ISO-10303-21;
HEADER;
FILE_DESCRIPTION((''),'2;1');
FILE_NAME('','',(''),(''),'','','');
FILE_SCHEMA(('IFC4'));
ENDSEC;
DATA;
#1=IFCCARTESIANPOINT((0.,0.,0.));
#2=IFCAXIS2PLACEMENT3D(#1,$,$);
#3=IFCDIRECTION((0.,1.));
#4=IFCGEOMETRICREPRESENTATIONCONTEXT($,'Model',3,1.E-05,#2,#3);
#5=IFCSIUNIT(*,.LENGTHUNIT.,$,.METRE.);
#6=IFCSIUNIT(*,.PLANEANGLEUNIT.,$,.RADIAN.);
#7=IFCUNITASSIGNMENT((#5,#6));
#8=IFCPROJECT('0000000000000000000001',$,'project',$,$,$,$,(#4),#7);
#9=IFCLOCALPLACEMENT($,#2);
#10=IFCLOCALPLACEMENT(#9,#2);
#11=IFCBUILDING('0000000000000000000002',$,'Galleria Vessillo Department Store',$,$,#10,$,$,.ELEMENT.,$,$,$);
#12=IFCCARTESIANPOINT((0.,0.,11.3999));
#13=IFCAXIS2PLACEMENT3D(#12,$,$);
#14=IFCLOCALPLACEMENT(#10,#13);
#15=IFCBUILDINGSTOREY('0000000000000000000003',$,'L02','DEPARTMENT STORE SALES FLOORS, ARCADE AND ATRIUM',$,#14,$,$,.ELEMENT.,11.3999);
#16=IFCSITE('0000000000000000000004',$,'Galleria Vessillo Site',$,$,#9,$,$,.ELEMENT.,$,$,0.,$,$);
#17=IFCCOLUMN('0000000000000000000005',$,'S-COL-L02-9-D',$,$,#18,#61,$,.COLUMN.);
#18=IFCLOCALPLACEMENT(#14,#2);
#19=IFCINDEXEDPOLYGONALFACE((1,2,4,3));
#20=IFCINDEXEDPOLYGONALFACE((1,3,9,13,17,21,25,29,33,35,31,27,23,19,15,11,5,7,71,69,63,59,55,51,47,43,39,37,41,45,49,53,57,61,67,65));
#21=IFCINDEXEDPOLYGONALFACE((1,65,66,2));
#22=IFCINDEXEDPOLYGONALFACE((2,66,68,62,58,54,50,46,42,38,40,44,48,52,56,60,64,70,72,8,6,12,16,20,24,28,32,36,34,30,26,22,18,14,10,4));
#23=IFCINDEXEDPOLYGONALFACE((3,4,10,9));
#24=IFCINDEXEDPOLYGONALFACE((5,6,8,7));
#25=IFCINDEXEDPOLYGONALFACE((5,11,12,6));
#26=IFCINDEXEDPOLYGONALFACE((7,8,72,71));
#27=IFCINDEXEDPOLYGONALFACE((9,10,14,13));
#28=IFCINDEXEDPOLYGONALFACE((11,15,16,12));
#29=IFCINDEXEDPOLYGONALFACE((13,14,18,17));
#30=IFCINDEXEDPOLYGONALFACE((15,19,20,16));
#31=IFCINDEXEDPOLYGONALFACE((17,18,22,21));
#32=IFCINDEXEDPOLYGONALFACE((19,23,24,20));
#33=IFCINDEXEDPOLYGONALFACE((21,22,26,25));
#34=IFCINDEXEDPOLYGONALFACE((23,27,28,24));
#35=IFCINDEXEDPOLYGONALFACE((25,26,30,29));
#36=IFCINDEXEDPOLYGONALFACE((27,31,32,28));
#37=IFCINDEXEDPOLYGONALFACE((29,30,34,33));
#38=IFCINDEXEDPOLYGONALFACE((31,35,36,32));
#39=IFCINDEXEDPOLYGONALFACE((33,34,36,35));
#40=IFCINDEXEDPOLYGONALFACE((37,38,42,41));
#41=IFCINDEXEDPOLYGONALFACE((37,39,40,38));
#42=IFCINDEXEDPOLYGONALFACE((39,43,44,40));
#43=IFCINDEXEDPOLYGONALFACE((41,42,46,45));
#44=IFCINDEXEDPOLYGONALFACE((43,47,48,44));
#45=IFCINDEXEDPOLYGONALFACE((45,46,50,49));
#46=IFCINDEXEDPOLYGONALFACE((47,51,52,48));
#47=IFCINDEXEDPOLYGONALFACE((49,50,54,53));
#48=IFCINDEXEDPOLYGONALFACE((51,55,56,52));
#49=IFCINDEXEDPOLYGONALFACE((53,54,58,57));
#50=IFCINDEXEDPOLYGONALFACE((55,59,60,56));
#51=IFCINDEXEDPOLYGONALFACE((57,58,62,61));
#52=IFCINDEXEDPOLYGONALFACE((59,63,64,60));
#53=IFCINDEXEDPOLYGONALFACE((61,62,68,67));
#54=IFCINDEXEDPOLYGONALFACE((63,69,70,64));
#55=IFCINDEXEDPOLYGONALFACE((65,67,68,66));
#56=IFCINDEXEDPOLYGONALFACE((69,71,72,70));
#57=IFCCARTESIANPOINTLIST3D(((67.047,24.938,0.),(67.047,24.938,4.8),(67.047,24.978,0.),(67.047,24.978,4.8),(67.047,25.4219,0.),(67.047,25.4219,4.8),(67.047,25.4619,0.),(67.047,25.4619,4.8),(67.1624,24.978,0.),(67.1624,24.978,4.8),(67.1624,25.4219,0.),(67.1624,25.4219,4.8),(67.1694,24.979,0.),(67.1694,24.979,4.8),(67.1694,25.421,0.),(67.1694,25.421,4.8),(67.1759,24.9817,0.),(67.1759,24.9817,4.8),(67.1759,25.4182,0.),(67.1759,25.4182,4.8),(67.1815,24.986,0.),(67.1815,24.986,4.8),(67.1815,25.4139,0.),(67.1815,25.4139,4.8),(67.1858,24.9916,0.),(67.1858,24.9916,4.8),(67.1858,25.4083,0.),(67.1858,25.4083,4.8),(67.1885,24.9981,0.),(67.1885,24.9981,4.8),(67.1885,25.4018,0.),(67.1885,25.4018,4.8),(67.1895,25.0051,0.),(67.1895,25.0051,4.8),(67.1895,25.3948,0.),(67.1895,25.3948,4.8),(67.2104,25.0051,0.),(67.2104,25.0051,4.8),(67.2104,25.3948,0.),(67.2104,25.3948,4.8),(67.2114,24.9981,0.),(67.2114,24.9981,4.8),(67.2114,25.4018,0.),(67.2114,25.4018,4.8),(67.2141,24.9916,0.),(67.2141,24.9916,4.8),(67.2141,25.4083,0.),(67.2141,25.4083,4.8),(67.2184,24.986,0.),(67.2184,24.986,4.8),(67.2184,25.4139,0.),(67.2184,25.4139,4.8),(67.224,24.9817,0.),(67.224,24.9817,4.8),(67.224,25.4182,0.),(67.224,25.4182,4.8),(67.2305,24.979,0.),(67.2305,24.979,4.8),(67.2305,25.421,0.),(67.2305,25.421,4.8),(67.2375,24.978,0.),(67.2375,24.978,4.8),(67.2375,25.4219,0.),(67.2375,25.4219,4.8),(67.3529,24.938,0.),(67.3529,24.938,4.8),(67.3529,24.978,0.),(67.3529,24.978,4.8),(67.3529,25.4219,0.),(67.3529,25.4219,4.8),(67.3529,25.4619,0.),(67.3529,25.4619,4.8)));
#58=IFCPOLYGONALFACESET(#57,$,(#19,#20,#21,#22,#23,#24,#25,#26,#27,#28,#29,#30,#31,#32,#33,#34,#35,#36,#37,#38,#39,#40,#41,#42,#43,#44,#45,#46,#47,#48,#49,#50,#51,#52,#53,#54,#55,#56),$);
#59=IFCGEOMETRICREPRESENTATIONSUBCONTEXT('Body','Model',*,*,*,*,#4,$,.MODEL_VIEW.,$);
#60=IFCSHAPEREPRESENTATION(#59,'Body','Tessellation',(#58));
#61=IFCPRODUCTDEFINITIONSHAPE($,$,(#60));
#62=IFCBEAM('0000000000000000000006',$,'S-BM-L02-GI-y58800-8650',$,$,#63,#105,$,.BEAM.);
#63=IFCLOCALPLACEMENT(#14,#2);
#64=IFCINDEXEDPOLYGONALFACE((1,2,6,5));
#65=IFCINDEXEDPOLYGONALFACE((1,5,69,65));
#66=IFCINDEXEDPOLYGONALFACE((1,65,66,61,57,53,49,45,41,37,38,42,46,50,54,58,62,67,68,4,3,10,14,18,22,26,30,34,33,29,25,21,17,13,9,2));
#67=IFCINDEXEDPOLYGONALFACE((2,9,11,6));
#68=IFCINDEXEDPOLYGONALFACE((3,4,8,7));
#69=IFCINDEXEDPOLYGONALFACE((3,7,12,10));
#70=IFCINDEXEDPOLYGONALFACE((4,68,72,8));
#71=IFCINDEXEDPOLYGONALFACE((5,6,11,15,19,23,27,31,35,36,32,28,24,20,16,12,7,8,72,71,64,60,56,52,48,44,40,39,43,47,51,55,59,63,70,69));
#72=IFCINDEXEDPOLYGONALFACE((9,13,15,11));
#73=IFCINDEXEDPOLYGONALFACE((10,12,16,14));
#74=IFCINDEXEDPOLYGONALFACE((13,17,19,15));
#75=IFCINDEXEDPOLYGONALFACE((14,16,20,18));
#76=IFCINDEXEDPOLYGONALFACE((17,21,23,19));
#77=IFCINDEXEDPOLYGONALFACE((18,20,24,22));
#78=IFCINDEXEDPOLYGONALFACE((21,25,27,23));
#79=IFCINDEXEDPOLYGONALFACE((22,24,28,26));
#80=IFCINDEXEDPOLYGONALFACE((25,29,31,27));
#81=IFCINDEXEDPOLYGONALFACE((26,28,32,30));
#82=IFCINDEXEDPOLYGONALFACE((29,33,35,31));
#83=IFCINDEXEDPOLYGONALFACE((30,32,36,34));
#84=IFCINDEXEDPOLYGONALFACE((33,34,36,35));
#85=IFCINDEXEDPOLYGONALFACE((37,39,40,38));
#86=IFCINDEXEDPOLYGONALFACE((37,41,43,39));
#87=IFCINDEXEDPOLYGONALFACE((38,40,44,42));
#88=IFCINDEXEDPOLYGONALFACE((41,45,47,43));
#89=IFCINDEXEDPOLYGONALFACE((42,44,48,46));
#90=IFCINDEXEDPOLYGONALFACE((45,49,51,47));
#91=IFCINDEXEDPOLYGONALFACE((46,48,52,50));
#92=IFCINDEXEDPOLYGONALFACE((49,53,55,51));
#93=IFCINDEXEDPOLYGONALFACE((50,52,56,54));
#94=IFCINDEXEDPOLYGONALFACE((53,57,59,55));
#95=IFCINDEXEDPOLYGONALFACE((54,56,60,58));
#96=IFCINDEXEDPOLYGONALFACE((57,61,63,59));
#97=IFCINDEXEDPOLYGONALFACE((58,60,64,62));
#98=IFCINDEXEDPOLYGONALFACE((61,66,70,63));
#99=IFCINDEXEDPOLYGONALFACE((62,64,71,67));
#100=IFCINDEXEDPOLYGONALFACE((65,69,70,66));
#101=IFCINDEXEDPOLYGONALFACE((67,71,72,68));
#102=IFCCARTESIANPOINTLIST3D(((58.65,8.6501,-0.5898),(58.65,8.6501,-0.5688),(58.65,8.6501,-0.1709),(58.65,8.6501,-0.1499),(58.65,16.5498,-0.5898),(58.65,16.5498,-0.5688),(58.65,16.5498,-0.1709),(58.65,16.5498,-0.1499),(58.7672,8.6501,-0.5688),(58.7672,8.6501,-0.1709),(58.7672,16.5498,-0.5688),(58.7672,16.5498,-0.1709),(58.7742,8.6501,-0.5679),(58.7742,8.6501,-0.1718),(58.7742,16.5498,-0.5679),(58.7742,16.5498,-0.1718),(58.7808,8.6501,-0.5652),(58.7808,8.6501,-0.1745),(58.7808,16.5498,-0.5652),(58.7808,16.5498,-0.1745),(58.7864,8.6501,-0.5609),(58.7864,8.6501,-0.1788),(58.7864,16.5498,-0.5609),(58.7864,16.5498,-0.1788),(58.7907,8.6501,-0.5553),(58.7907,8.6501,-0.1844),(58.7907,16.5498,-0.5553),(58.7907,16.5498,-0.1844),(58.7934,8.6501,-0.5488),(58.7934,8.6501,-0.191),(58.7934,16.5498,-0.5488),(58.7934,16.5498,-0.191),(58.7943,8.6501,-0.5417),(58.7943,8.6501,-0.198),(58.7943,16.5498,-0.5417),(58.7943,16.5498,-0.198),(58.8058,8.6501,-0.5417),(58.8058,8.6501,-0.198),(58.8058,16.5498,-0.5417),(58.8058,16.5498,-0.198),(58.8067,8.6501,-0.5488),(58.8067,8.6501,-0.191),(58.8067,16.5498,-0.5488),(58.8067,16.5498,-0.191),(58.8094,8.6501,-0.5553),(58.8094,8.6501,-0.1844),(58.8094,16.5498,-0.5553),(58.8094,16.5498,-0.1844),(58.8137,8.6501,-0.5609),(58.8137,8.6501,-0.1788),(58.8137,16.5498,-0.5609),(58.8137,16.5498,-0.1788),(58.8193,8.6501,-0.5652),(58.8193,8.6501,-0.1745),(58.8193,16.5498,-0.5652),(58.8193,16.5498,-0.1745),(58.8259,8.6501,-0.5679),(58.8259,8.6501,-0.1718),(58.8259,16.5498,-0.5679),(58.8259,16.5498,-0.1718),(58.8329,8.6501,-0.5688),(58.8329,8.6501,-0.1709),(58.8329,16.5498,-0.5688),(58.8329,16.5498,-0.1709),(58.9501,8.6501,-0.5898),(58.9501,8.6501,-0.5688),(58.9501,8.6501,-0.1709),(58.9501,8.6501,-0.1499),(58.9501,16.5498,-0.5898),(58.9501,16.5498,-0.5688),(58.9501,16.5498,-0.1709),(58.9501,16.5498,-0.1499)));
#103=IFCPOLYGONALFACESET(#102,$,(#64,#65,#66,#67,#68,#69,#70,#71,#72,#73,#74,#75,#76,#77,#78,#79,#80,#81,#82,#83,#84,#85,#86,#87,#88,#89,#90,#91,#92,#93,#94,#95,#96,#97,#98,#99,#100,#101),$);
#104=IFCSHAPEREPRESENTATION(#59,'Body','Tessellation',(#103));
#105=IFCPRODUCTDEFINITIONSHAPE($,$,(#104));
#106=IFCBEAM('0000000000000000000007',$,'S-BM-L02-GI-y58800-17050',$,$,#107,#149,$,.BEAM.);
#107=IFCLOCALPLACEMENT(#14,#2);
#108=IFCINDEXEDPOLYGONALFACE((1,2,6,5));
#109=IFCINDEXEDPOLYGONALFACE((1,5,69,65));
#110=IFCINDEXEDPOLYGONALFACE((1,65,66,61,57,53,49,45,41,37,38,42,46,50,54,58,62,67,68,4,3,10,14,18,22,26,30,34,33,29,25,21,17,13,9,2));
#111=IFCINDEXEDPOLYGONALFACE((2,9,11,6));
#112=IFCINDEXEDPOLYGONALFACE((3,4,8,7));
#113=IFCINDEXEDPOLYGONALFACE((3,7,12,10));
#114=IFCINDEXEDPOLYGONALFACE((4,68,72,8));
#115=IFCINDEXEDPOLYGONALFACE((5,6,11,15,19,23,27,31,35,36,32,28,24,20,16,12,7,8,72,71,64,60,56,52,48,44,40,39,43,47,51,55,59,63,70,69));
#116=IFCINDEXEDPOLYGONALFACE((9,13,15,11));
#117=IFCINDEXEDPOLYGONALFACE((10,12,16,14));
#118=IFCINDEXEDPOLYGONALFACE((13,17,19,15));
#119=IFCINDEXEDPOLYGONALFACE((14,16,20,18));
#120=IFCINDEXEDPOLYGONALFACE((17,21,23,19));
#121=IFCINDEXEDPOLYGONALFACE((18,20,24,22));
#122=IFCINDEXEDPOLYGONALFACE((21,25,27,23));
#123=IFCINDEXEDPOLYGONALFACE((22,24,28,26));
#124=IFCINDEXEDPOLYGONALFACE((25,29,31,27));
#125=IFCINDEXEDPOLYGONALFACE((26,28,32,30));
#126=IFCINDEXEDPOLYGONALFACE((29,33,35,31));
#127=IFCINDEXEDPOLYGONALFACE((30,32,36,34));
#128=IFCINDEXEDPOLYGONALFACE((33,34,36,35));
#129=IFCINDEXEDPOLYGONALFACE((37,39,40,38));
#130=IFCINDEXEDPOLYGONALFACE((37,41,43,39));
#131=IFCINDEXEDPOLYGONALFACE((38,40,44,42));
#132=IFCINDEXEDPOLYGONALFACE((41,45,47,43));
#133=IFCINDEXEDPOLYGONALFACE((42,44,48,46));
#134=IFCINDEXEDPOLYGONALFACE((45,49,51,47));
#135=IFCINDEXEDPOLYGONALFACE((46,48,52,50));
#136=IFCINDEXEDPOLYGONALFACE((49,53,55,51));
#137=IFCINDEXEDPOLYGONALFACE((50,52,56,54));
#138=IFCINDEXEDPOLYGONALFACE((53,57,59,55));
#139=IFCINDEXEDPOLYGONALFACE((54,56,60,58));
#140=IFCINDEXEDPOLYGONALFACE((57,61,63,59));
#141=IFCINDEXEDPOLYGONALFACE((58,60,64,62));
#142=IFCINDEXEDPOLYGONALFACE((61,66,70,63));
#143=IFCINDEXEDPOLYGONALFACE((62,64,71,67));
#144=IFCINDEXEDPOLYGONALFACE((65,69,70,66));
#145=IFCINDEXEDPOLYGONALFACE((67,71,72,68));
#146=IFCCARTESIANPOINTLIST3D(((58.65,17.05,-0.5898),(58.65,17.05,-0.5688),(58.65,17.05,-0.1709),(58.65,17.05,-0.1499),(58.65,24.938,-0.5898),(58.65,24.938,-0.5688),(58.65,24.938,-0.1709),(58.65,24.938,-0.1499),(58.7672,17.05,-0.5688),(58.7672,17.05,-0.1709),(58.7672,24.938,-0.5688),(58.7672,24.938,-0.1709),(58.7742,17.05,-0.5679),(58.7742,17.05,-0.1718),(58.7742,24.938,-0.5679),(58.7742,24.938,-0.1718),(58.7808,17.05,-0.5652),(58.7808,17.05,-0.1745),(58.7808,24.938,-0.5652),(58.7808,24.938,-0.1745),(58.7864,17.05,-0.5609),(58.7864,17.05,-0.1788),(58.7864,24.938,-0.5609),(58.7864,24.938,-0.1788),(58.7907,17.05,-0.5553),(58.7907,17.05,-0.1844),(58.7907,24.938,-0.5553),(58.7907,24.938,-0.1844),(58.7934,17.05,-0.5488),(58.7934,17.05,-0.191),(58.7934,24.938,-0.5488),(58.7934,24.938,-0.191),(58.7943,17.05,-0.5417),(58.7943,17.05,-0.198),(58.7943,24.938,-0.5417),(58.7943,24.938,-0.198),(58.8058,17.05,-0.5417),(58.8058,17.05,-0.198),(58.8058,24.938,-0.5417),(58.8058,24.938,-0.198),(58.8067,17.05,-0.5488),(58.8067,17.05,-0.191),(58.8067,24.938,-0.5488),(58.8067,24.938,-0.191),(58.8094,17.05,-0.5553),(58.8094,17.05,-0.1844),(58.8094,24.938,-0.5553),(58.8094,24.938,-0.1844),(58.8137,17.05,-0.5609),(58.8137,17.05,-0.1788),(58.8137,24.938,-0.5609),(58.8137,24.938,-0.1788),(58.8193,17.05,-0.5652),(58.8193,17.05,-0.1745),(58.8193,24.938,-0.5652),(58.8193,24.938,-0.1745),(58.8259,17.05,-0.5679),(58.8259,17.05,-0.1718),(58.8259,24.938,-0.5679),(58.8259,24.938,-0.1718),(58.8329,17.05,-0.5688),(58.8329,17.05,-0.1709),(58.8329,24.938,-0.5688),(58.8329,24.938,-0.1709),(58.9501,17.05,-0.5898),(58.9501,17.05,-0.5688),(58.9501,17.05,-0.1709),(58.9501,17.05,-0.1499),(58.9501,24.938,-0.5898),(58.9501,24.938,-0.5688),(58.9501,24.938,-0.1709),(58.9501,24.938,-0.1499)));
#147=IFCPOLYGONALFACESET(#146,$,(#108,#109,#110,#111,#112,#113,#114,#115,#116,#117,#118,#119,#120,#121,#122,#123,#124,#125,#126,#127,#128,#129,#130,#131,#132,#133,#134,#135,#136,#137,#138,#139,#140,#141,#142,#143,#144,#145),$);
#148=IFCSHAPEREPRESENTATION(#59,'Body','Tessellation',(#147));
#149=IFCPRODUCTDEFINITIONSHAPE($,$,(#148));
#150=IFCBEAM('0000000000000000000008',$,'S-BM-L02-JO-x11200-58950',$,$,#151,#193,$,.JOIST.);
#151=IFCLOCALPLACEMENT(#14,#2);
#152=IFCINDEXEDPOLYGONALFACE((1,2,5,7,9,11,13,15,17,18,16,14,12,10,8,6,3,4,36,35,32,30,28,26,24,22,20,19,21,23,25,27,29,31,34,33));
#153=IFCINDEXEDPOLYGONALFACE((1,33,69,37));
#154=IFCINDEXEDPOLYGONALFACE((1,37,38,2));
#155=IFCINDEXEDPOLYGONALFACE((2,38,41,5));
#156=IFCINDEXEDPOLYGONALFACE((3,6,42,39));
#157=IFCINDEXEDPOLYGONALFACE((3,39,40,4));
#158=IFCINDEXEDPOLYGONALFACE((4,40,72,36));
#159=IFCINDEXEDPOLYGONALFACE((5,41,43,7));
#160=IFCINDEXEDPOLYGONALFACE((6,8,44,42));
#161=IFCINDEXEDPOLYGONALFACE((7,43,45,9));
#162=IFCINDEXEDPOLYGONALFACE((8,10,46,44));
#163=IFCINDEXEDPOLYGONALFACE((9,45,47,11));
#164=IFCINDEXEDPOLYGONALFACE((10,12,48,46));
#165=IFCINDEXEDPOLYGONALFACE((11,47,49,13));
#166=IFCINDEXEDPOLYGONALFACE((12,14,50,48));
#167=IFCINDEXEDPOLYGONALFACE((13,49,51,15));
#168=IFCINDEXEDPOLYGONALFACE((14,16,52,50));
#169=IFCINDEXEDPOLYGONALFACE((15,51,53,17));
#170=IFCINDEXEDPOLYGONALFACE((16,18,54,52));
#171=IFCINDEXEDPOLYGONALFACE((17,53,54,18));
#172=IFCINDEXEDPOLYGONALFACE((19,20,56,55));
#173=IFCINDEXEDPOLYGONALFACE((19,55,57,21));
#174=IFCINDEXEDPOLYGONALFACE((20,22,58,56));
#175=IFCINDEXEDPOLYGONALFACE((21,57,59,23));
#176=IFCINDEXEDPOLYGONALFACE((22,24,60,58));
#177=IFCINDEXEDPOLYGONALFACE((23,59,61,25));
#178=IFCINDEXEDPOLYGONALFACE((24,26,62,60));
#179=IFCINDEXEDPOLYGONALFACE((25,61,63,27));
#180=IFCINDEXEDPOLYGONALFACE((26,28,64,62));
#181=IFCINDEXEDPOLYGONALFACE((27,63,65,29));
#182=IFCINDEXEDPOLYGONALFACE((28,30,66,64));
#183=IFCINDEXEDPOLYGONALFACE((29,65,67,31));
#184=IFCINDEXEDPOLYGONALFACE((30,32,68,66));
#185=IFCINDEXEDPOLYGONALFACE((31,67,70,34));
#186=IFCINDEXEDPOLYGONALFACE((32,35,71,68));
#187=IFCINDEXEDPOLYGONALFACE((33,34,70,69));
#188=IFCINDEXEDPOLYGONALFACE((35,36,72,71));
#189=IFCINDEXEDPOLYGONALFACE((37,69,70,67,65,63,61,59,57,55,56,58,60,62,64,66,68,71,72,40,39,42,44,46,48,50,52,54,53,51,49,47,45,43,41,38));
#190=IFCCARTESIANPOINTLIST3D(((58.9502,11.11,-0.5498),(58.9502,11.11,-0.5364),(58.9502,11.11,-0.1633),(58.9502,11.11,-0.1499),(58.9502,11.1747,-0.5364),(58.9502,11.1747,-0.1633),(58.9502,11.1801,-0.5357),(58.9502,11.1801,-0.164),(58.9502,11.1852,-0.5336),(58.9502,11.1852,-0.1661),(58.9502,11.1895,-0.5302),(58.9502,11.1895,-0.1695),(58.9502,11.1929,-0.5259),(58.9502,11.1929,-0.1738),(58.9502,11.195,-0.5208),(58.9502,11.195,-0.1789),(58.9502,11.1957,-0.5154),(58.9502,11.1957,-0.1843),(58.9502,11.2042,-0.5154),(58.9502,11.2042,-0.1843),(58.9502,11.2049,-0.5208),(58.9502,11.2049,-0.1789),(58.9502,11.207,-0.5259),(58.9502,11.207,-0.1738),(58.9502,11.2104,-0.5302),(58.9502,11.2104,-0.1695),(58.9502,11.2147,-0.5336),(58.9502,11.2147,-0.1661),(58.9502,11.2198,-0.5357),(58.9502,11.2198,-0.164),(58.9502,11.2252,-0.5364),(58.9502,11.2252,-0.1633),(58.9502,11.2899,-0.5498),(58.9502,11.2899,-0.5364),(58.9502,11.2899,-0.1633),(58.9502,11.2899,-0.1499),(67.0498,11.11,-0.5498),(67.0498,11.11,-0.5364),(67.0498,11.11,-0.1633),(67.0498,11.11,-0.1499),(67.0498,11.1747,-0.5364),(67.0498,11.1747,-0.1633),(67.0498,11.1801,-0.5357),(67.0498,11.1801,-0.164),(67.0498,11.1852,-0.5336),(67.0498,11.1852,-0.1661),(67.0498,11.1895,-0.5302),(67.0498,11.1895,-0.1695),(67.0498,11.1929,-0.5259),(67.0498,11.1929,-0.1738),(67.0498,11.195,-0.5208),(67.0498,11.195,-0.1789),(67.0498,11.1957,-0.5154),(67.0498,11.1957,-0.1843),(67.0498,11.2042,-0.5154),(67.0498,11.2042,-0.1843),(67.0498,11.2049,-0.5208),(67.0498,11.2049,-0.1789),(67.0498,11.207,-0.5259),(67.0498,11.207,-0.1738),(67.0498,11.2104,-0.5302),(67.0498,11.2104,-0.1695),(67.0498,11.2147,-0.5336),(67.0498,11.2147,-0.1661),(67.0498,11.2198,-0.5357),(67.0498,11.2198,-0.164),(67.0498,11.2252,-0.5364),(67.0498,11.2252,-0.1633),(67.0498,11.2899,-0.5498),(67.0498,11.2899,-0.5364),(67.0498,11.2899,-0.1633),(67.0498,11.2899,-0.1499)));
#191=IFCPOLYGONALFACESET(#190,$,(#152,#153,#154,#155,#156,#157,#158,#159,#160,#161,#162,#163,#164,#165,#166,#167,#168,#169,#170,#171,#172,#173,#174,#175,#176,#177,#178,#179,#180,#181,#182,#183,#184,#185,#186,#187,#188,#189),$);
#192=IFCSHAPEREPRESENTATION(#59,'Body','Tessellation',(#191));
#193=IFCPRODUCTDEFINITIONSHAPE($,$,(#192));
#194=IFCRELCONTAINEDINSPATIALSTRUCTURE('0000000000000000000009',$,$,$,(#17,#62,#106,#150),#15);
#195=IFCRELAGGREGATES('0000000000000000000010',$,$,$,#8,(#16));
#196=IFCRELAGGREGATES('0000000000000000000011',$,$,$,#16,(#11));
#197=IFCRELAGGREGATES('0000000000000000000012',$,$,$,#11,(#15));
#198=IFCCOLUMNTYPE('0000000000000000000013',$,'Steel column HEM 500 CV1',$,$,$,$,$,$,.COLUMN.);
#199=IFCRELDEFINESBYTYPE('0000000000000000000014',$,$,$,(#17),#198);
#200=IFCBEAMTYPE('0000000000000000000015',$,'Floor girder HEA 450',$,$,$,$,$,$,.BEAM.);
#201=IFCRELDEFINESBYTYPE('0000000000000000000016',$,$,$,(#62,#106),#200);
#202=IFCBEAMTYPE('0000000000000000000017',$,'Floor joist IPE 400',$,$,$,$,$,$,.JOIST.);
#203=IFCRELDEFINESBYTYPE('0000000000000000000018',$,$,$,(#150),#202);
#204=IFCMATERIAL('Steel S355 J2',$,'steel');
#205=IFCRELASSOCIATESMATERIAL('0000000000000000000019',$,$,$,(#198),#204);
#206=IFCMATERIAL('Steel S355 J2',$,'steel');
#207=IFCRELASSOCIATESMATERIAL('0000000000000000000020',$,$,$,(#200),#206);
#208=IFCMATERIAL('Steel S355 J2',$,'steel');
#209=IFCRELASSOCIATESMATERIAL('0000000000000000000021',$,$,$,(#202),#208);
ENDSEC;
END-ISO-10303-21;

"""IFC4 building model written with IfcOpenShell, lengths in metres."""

from ifc_helpers import new_model, si_unit, direction, frame, origin, origin_2d, place, context, subcontext, project, spatial, i_section, extrude, material, material_profile, profile_set, type_object, element, save


model = new_model("IFC4")

# Units and contexts
model_context = context("Model", 3, precision=1e-05, world=origin(), true_north=direction((0.0, 1.0)))
body_context = subcontext(model_context, "Body", "Model", "MODEL_VIEW")
ifc_project = project(units=[si_unit("LENGTHUNIT", "METRE"), si_unit("PLANEANGLEUNIT", "RADIAN")], contexts=[model_context])

# Site, building, storey
site_placement = place(None, origin())
site = spatial("IfcSite", under=ifc_project, at=site_placement, Name="Galleria Vessillo Site", CompositionType="ELEMENT", RefElevation=0.0)
building_placement = place(site_placement, origin())
building = spatial("IfcBuilding", under=site, at=building_placement, Name="Galleria Vessillo Department Store", CompositionType="ELEMENT")
storey_placement = place(building_placement, frame((0.0, 0.0, 11.3999)))
storey = spatial("IfcBuildingStorey", under=building, at=storey_placement, Name="L02", Description="DEPARTMENT STORE SALES FLOORS, ARCADE AND ATRIUM", CompositionType="ELEMENT", Elevation=11.3999)

# Column
ifc_material_1 = material(Name="Steel S355 J2", Category="steel")
ifc_material_profile_1 = material_profile(ifc_material_1, i_section(OverallWidth=0.3059, OverallDepth=0.5239, WebThickness=0.021, FlangeThickness=0.04, FilletRadius=0.0271, at=origin_2d()), Name="HEM 500")
ifc_profile_set_1 = profile_set([ifc_material_profile_1], Name="Steel S355 J2")
column_type_1 = type_object("IfcColumnType", Name="Steel column HEM 500 CV1", PredefinedType="COLUMN", material=ifc_profile_set_1)
for number, where, z_axis, x_axis, name in (
    (1, (67.2, 25.2, 0.0), (0.0, 0.0, 1.0), (1.0, 0.0, 0.0), "S-COL-L02-9-D"),
):
    element("IfcColumn", number, at=place(storey_placement, frame(where, z_axis=z_axis, x_axis=x_axis)), inside=storey, type_object=column_type_1, Name=name, PredefinedType="COLUMN", context=body_context, shape_type="SweptSolid", body=[
        extrude(i_section(OverallWidth=0.3059, OverallDepth=0.5239, WebThickness=0.021, FlangeThickness=0.04, FilletRadius=0.0271, at=origin_2d()), origin(), (0.0, 0.0, 1.0), 4.8),
    ])

# Beams
ifc_material_2 = material(Name="Steel S355 J2", Category="steel")
ifc_material_profile_2 = material_profile(ifc_material_2, i_section(OverallWidth=0.3, OverallDepth=0.4399, WebThickness=0.0115, FlangeThickness=0.021, FilletRadius=0.0271, at=origin_2d()), Name="HEA 450")
ifc_profile_set_2 = profile_set([ifc_material_profile_2], Name="Steel S355 J2")
beam_type_1 = type_object("IfcBeamType", Name="Floor girder HEA 450", PredefinedType="BEAM", material=ifc_profile_set_2)
beam_1_placement = place(storey_placement, frame((58.8, 8.6501, -0.3699), z_axis=(0.0, 1.0, 0.0), x_axis=(-1.0, 0.0, 0.0)))
element("IfcBeam", 2, at=beam_1_placement, inside=storey, type_object=beam_type_1, Name="S-BM-L02-GI-y58800-8650", PredefinedType="BEAM", context=body_context, shape_type="SweptSolid", body=[
    extrude(i_section(OverallWidth=0.3, OverallDepth=0.4399, WebThickness=0.0115, FlangeThickness=0.021, FilletRadius=0.0271, at=origin_2d()), origin(), (0.0, 0.0, 1.0), 7.8997),
])
beam_2_placement = place(storey_placement, frame((58.8, 17.05, -0.3699), z_axis=(0.0, 1.0, 0.0), x_axis=(-1.0, 0.0, 0.0)))
element("IfcBeam", 3, at=beam_2_placement, inside=storey, type_object=beam_type_1, Name="S-BM-L02-GI-y58800-17050", PredefinedType="BEAM", context=body_context, shape_type="SweptSolid", body=[
    extrude(i_section(OverallWidth=0.3, OverallDepth=0.4399, WebThickness=0.0115, FlangeThickness=0.021, FilletRadius=0.0271, at=origin_2d()), origin(), (0.0, 0.0, 1.0), 7.8879),
])
ifc_material_3 = material(Name="Steel S355 J2", Category="steel")
ifc_material_profile_3 = material_profile(ifc_material_3, i_section(OverallWidth=0.1799, OverallDepth=0.3999, WebThickness=0.0085, FlangeThickness=0.0134, FilletRadius=0.021, at=origin_2d()), Name="IPE 400")
ifc_profile_set_3 = profile_set([ifc_material_profile_3], Name="Steel S355 J2")
beam_type_2 = type_object("IfcBeamType", Name="Floor joist IPE 400", PredefinedType="JOIST", material=ifc_profile_set_3)
for number, where, z_axis, x_axis, name in (
    (4, (58.9502, 11.2, -0.3499), (1.0, 0.0, 0.0), (0.0, 1.0, 0.0), "S-BM-L02-JO-x11200-58950"),
):
    element("IfcBeam", number, at=place(storey_placement, frame(where, z_axis=z_axis, x_axis=x_axis)), inside=storey, type_object=beam_type_2, Name=name, PredefinedType="JOIST", context=body_context, shape_type="SweptSolid", body=[
        extrude(i_section(OverallWidth=0.1799, OverallDepth=0.3999, WebThickness=0.0085, FlangeThickness=0.0134, FilletRadius=0.021, at=origin_2d()), origin(), (0.0, 0.0, 1.0), 8.0996),
    ])

save(model, "model.ifc")
